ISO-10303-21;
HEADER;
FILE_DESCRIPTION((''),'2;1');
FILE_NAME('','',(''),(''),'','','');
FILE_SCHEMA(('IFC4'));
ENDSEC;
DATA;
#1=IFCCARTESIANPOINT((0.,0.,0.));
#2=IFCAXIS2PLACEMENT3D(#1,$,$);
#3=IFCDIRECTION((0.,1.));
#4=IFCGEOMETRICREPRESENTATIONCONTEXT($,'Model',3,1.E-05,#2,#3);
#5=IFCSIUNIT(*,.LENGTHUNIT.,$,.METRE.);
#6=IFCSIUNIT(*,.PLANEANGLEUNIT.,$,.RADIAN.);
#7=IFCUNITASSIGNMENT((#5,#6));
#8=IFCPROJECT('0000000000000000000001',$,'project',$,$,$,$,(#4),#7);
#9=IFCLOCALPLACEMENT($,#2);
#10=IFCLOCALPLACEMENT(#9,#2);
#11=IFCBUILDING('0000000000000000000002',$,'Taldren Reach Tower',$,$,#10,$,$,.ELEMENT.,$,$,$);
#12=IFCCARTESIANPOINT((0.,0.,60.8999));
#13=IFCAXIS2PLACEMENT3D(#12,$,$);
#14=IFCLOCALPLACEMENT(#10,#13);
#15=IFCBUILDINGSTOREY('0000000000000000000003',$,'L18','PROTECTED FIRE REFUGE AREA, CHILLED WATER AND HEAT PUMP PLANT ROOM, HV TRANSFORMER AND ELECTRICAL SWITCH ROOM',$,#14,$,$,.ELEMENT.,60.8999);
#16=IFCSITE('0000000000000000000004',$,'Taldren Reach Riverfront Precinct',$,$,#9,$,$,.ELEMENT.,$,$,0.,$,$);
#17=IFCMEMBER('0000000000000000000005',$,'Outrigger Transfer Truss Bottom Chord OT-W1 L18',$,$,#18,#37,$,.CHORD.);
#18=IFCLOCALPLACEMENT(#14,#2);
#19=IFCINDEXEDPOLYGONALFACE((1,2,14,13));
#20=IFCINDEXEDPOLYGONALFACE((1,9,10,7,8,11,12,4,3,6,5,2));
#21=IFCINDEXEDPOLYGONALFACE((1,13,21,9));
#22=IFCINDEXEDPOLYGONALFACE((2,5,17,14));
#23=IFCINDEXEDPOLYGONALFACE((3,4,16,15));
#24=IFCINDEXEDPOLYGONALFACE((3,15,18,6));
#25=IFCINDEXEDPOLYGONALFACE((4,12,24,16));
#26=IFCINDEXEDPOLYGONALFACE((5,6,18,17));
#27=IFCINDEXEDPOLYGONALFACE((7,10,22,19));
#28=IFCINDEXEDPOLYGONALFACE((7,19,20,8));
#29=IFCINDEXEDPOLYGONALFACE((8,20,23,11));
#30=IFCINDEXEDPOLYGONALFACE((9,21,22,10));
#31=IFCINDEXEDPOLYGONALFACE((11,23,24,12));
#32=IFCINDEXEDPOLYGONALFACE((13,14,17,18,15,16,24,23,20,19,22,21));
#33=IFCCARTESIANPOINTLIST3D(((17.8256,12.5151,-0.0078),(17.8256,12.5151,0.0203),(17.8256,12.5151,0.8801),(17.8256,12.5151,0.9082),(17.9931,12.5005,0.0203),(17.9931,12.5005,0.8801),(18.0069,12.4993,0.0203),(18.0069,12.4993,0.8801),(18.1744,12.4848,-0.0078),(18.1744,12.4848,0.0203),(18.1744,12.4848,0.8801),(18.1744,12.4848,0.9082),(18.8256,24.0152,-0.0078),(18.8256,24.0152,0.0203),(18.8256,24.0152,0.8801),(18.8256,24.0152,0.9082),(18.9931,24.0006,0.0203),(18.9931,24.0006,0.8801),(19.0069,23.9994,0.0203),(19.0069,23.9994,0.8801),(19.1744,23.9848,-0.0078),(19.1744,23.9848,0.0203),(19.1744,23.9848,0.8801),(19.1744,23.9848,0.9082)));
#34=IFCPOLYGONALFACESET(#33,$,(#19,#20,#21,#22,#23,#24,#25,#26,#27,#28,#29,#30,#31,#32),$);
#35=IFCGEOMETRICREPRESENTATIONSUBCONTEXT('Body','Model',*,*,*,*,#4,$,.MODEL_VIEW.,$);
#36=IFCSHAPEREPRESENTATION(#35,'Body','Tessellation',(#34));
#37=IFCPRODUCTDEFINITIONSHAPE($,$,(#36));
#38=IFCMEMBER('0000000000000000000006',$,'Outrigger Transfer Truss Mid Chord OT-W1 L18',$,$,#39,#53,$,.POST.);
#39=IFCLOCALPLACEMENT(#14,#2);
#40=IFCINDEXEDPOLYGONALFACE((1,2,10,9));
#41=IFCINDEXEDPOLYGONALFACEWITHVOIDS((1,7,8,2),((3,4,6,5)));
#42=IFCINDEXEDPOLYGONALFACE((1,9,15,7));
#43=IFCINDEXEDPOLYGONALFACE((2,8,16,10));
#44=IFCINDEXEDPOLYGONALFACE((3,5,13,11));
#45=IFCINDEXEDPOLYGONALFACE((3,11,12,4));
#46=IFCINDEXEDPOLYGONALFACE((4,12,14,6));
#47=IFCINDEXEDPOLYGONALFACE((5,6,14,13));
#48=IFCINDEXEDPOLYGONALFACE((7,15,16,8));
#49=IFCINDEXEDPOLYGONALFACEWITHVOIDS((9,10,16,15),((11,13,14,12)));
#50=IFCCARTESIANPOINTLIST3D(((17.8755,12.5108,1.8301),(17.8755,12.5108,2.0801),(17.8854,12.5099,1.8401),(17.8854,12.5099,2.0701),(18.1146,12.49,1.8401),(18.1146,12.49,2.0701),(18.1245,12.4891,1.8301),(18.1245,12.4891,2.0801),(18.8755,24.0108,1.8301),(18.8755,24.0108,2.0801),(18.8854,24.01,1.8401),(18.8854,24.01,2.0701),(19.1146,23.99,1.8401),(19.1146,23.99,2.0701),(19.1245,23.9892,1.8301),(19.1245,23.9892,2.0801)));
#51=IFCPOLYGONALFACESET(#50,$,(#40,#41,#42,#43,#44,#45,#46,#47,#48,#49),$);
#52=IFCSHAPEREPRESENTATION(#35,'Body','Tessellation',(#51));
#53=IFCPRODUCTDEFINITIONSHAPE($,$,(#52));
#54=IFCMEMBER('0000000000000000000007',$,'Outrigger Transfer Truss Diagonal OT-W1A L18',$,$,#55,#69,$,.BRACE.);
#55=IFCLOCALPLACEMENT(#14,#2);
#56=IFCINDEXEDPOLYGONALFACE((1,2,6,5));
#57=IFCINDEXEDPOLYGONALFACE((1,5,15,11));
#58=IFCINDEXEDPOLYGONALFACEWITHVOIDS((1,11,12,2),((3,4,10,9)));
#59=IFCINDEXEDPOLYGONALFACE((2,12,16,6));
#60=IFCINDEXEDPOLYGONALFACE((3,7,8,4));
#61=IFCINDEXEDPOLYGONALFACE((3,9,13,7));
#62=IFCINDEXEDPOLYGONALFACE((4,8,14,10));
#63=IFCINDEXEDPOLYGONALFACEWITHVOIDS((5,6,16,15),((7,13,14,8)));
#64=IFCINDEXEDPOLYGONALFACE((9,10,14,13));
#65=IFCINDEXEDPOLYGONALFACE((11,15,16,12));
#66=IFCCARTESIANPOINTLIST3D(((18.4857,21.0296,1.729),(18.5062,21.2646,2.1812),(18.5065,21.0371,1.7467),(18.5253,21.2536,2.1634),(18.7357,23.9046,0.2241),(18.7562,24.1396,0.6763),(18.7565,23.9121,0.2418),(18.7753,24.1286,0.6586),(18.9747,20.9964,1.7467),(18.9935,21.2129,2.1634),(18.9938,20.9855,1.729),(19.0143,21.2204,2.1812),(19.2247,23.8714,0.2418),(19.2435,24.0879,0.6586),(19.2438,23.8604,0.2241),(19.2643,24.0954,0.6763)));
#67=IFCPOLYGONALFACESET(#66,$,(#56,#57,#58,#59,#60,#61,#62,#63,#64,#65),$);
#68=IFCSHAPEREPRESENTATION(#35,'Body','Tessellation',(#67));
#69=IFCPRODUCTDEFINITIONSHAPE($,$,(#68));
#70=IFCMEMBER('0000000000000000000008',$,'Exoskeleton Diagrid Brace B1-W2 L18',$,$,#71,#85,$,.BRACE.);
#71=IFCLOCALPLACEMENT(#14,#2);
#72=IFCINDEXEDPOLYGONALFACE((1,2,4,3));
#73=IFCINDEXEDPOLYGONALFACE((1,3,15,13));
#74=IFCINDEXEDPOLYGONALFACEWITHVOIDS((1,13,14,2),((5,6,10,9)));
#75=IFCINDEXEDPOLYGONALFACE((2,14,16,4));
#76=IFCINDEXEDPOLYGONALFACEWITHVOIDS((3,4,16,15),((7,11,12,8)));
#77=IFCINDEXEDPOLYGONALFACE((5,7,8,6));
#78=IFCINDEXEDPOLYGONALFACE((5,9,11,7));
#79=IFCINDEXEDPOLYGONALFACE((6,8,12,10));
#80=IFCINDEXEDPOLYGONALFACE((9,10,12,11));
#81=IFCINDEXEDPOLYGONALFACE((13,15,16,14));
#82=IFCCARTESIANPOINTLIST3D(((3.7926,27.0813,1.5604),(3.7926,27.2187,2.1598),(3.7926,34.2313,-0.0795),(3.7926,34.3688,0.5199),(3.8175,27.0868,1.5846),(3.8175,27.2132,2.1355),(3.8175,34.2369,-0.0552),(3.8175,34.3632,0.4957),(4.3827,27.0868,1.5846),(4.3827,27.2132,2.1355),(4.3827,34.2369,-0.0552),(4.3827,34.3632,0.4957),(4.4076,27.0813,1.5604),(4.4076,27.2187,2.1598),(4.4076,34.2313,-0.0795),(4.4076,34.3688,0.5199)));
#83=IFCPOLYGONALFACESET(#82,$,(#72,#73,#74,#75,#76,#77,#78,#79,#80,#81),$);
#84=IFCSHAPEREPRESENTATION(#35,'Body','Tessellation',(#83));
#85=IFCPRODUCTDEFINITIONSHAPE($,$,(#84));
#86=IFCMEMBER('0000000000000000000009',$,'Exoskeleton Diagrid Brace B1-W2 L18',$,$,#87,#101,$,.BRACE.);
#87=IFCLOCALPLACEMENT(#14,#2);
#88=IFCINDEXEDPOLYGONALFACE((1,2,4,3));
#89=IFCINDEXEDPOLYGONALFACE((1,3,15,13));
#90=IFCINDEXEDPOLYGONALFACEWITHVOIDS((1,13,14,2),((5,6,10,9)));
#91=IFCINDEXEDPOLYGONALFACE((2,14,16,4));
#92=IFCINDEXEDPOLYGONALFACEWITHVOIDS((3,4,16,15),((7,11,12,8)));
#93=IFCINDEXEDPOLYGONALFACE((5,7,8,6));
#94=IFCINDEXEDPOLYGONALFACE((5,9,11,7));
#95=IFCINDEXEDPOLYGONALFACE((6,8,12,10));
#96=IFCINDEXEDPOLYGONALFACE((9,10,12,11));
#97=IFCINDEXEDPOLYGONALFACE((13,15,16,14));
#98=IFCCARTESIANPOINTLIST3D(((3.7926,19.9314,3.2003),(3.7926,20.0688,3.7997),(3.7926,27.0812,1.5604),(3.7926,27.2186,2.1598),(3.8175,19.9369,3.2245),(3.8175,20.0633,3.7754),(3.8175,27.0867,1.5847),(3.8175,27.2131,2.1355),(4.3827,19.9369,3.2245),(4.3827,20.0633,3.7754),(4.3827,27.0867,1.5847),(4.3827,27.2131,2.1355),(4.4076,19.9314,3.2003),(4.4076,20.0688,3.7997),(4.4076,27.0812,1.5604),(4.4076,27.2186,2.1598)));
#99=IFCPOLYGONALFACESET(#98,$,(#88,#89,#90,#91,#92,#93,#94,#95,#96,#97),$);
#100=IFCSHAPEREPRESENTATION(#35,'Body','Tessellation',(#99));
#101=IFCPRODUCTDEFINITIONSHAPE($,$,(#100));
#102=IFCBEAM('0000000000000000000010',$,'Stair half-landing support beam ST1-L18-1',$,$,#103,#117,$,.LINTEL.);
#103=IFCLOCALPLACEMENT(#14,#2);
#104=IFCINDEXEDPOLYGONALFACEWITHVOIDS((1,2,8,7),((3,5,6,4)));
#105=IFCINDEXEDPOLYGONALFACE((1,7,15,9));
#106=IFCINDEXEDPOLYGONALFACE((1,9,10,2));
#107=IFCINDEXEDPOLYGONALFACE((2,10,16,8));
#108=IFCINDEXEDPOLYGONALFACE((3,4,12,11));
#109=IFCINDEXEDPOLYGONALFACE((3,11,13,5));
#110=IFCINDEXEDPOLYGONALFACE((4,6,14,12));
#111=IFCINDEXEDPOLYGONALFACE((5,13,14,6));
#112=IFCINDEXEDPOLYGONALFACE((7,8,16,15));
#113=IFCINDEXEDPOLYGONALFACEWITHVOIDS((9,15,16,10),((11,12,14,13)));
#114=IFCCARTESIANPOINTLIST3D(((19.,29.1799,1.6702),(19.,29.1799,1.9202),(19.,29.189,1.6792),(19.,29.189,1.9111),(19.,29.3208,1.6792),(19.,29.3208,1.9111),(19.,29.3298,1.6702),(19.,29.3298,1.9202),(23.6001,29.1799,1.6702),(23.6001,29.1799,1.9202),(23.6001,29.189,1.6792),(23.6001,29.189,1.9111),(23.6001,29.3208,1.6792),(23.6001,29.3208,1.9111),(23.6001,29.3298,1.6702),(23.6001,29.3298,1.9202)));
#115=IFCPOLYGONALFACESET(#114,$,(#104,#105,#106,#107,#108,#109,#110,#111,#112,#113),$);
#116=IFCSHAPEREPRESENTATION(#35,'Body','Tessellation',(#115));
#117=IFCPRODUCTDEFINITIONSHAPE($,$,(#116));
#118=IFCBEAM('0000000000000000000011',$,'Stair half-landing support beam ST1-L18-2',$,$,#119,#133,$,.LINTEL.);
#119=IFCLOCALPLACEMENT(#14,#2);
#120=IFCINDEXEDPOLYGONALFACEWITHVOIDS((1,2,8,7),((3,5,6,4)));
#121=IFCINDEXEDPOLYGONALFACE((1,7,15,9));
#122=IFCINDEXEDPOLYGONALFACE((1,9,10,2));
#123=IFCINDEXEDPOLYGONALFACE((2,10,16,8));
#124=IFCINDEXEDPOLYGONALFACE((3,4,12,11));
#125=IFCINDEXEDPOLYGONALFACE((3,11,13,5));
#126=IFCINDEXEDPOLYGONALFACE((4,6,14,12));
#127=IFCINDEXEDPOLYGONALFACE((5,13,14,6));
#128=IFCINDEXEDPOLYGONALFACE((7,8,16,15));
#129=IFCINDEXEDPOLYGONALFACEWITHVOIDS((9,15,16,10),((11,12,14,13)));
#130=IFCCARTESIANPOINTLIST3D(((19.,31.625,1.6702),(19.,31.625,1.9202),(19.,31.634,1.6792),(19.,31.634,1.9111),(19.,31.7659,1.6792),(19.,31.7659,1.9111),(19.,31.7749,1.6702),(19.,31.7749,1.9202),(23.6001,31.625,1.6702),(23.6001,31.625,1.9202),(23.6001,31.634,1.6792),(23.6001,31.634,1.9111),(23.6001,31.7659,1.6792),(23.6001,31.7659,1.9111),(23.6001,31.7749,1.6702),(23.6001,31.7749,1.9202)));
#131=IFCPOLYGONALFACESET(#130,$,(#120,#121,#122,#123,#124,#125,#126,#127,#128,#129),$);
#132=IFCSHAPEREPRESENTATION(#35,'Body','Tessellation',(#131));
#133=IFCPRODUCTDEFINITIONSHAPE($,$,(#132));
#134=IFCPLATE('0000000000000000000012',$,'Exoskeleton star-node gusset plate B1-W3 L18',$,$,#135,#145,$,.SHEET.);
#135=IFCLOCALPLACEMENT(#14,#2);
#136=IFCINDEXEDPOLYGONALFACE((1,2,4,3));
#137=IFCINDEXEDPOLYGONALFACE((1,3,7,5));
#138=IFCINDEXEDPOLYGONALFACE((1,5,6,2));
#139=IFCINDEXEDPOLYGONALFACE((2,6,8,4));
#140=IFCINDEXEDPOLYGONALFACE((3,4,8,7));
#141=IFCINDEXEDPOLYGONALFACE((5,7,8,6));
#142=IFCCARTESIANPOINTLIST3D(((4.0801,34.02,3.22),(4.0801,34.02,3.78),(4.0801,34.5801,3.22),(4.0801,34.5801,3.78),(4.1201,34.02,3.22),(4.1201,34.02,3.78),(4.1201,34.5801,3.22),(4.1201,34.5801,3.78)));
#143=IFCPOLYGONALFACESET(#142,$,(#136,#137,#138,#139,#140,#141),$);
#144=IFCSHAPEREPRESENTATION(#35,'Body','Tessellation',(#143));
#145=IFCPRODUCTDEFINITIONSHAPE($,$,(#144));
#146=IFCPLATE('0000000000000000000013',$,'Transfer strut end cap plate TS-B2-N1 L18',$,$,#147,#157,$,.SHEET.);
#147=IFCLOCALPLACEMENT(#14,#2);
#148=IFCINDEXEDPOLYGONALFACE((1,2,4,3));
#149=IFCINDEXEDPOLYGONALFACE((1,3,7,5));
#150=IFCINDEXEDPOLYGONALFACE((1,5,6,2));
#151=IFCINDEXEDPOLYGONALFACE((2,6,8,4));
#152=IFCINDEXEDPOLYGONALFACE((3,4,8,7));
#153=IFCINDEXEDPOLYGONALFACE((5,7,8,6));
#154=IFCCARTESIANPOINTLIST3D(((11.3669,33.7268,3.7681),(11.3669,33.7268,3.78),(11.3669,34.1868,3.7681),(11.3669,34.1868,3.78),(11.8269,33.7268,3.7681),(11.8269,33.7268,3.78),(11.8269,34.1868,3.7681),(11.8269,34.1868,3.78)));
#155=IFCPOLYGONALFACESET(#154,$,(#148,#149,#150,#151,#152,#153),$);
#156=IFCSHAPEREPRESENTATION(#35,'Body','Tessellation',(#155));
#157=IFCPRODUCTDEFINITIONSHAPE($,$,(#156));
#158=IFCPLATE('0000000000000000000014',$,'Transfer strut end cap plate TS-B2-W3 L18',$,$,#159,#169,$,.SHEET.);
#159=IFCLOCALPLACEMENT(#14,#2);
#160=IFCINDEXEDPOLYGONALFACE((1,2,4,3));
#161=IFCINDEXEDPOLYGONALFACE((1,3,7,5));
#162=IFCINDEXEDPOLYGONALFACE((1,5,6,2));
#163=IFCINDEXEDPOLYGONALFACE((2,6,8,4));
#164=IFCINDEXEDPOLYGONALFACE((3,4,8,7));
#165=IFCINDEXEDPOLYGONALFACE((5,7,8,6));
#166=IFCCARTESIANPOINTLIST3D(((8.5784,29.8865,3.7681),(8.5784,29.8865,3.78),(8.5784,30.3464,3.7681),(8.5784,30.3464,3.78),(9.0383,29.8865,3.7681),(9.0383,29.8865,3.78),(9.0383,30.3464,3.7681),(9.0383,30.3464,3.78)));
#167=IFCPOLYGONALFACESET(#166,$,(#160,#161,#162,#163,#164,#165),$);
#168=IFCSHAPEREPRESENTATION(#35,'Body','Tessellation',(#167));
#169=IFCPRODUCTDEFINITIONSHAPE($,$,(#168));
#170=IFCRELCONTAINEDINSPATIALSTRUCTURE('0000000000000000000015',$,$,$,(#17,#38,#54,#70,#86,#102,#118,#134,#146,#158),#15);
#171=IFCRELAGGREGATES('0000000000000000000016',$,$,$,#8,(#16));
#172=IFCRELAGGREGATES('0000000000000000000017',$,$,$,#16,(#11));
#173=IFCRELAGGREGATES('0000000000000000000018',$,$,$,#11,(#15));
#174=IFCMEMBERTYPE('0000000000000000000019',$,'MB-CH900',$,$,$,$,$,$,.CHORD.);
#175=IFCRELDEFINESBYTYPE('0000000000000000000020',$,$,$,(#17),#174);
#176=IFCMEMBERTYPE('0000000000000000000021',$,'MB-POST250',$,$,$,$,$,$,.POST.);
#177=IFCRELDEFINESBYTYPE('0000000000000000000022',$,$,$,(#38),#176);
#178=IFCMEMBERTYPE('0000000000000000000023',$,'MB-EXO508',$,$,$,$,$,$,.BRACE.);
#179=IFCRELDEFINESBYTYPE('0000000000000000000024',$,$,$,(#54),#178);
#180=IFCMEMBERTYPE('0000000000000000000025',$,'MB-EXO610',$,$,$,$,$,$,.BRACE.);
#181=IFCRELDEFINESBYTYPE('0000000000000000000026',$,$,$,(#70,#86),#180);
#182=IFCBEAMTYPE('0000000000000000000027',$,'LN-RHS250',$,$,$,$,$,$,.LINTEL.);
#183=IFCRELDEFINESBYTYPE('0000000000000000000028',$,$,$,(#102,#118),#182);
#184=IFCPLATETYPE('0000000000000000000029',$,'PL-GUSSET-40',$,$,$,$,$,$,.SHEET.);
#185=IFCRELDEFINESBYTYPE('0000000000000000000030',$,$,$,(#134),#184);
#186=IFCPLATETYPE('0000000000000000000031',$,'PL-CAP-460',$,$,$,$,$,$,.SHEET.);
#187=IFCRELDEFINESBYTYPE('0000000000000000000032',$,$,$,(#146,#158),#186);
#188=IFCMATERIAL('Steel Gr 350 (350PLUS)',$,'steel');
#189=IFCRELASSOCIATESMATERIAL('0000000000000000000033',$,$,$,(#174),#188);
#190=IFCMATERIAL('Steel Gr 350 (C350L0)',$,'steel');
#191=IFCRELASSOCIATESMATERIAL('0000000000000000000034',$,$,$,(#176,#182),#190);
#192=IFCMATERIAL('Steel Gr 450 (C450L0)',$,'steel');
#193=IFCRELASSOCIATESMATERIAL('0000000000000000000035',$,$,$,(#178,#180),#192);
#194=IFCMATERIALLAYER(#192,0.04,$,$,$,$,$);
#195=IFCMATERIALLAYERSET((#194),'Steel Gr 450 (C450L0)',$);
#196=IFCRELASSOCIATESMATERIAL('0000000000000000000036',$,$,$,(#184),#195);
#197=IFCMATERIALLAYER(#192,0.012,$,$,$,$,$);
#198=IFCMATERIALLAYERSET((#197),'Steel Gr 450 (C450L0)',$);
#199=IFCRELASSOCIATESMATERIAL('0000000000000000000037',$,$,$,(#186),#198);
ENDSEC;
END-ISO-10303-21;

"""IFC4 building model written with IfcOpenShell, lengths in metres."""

from ifc_helpers import new_model, si_unit, direction, frame, origin, origin_2d, place, context, subcontext, project, spatial, rectangle, hollow_rectangle, i_section, extrude, source, transform, mapped, material, layer, layer_set, material_profile, profile_set, type_object, element, save


model = new_model("IFC4")

# Units and contexts
model_context = context("Model", 3, precision=1e-05, world=origin(), true_north=direction((0.0, 1.0)))
body_context = subcontext(model_context, "Body", "Model", "MODEL_VIEW")
ifc_project = project(units=[si_unit("LENGTHUNIT", "METRE"), si_unit("PLANEANGLEUNIT", "RADIAN")], contexts=[model_context])

# Site, building, storey
site_placement = place(None, origin())
site = spatial("IfcSite", under=ifc_project, at=site_placement, Name="Taldren Reach Riverfront Precinct", CompositionType="ELEMENT", RefElevation=0.0)
building_placement = place(site_placement, origin())
building = spatial("IfcBuilding", under=site, at=building_placement, Name="Taldren Reach Tower", CompositionType="ELEMENT")
storey_placement = place(building_placement, frame((0.0, 0.0, 60.8999)))
storey = spatial("IfcBuildingStorey", under=building, at=storey_placement, Name="L18", Description="PROTECTED FIRE REFUGE AREA, CHILLED WATER AND HEAT PUMP PLANT ROOM, HV TRANSFORMER AND ELECTRICAL SWITCH ROOM", CompositionType="ELEMENT", Elevation=60.8999)

# Shared definitions
ifc_material_1 = material(Name="Steel Gr 350 (350PLUS)", Category="steel")

# Members
ifc_material_profile_1 = material_profile(ifc_material_1, i_section(OverallWidth=0.3501, OverallDepth=0.916, WebThickness=0.0139, FlangeThickness=0.0281, at=origin_2d()), Name="900WB257")
ifc_profile_set_1 = profile_set([ifc_material_profile_1], Name="Steel Gr 350 (350PLUS)")
member_type_1 = type_object("IfcMemberType", Name="MB-CH900", PredefinedType="CHORD", material=ifc_profile_set_1)
shared_shape_1 = source(origin(), body_context, "Body", "SweptSolid", [
    extrude(i_section(OverallWidth=0.3501, OverallDepth=0.916, WebThickness=0.0139, FlangeThickness=0.0281, at=origin_2d()), origin(), (0.0, 0.0, 1.0), 11.5435),
])
member_1_placement = place(storey_placement, frame((19.0, 24.0, 0.4502), z_axis=(-0.08663, -0.996241, 0.0), x_axis=(0.996241, -0.08663, 0.0)))
element("IfcMember", 1, at=member_1_placement, inside=storey, type_object=member_type_1, Name="Outrigger Transfer Truss Bottom Chord OT-W1 L18", PredefinedType="CHORD", context=body_context, shape_type="MappedRepresentation", body=[
    mapped(shared_shape_1, transform((0.0, 0.0, 0.0), scale=1.0)),
])
ifc_material_2 = material(Name="Steel Gr 350 (C350L0)", Category="steel")
ifc_material_profile_2 = material_profile(ifc_material_2, hollow_rectangle(XDim=0.25, YDim=0.25, WallThickness=0.01, at=origin_2d()), Name="250x250x10.0SHS")
ifc_profile_set_2 = profile_set([ifc_material_profile_2], Name="Steel Gr 350 (C350L0)")
member_type_2 = type_object("IfcMemberType", Name="MB-POST250", PredefinedType="POST", material=ifc_profile_set_2)
shared_shape_2 = source(origin(), body_context, "Body", "SweptSolid", [
    extrude(hollow_rectangle(XDim=0.25, YDim=0.25, WallThickness=0.01, at=origin_2d()), origin(), (0.0, 0.0, 1.0), 11.5435),
])
member_2_placement = place(storey_placement, frame((19.0, 24.0, 1.9551), z_axis=(-0.08663, -0.996241, 0.0), x_axis=(0.996241, -0.08663, 0.0)))
element("IfcMember", 2, at=member_2_placement, inside=storey, type_object=member_type_2, Name="Outrigger Transfer Truss Mid Chord OT-W1 L18", PredefinedType="POST", context=body_context, shape_type="MappedRepresentation", body=[
    mapped(shared_shape_2, transform((0.0, 0.0, 0.0), scale=1.0)),
])
ifc_material_3 = material(Name="Steel Gr 450 (C450L0)", Category="steel")
ifc_material_profile_3 = material_profile(ifc_material_3, hollow_rectangle(XDim=0.51, YDim=0.51, WallThickness=0.02, at=origin_2d()), Name="510x510x20.0SHS")
ifc_profile_set_3 = profile_set([ifc_material_profile_3], Name="Steel Gr 450 (C450L0)")
member_type_3 = type_object("IfcMemberType", Name="MB-EXO508", PredefinedType="BRACE", material=ifc_profile_set_3)
shared_shape_3 = source(origin(), body_context, "Body", "SweptSolid", [
    extrude(hollow_rectangle(XDim=0.51, YDim=0.51, WallThickness=0.02, at=origin_2d()), origin(), (0.0, 0.0, 1.0), 3.2546),
])
member_3_placement = place(storey_placement, frame((19.0, 24.0, 0.4502), z_axis=(-0.076813, -0.883349, 0.462378), x_axis=(0.996241, -0.08663, 0.0)))
element("IfcMember", 3, at=member_3_placement, inside=storey, type_object=member_type_3, Name="Outrigger Transfer Truss Diagonal OT-W1A L18", PredefinedType="BRACE", context=body_context, shape_type="MappedRepresentation", body=[
    mapped(shared_shape_3, transform((0.0, 0.0, 0.0), scale=1.0)),
])
ifc_material_profile_4 = material_profile(ifc_material_3, hollow_rectangle(XDim=0.615, YDim=0.615, WallThickness=0.0249, at=origin_2d()), Name="615x615x25.0SHS")
ifc_profile_set_4 = profile_set([ifc_material_profile_4], Name="Steel Gr 450 (C450L0)")
member_type_4 = type_object("IfcMemberType", Name="MB-EXO610", PredefinedType="BRACE", material=ifc_profile_set_4)
shared_shape_4 = source(origin(), body_context, "Body", "SweptSolid", [
    extrude(hollow_rectangle(XDim=0.615, YDim=0.615, WallThickness=0.0249, at=origin_2d()), origin(), (0.0, 0.0, 1.0), 7.3357),
])
member_4_placement = place(storey_placement, frame((4.1001, 34.3, 0.2202), z_axis=(0.0, -0.974693, 0.223547), x_axis=(1.0, 0.0, 0.0)))
element("IfcMember", 4, at=member_4_placement, inside=storey, type_object=member_type_4, Name="Exoskeleton Diagrid Brace B1-W2 L18", PredefinedType="BRACE", context=body_context, shape_type="MappedRepresentation", body=[
    mapped(shared_shape_4, transform((0.0, 0.0, 0.0), scale=1.0)),
])
shared_shape_5 = source(origin(), body_context, "Body", "SweptSolid", [
    extrude(hollow_rectangle(XDim=0.615, YDim=0.615, WallThickness=0.0249, at=origin_2d()), origin(), (0.0, 0.0, 1.0), 7.3354),
])
member_5_placement = place(storey_placement, frame((4.1001, 27.1499, 1.8601), z_axis=(0.0, -0.974692, 0.223554), x_axis=(1.0, 0.0, 0.0)))
element("IfcMember", 5, at=member_5_placement, inside=storey, type_object=member_type_4, Name="Exoskeleton Diagrid Brace B1-W2 L18", PredefinedType="BRACE", context=body_context, shape_type="MappedRepresentation", body=[
    mapped(shared_shape_5, transform((0.0, 0.0, 0.0), scale=1.0)),
])

# Beams
ifc_material_profile_5 = material_profile(ifc_material_2, hollow_rectangle(XDim=0.1499, YDim=0.25, WallThickness=0.009, at=origin_2d()), Name="250x150x9.0RHS")
ifc_profile_set_5 = profile_set([ifc_material_profile_5], Name="Steel Gr 350 (C350L0)")
beam_type_1 = type_object("IfcBeamType", Name="LN-RHS250", PredefinedType="LINTEL", material=ifc_profile_set_5)
shared_shape_6 = source(origin(), body_context, "Body", "SweptSolid", [
    extrude(hollow_rectangle(XDim=0.1499, YDim=0.25, WallThickness=0.009, at=origin_2d()), origin(), (0.0, 0.0, 1.0), 4.6001),
])
for number, where, z_axis, x_axis, name in (
    (6, (19.0, 29.2549, 1.7952), (1.0, 0.0, 0.0), (0.0, 1.0, 0.0), "Stair half-landing support beam ST1-L18-1"),
    (7, (19.0, 31.7, 1.7952), (1.0, 0.0, 0.0), (0.0, 1.0, 0.0), "Stair half-landing support beam ST1-L18-2"),
):
    element("IfcBeam", number, at=place(storey_placement, frame(where, z_axis=z_axis, x_axis=x_axis)), inside=storey, type_object=beam_type_1, Name=name, PredefinedType="LINTEL", context=body_context, shape_type="MappedRepresentation", body=[
        mapped(shared_shape_6, transform((0.0, 0.0, 0.0), scale=1.0)),
    ])

# Plates
ifc_layer_1 = layer(ifc_material_3, 0.04)
ifc_layer_set_1 = layer_set([ifc_layer_1], Name="Steel Gr 450 (C450L0)")
plate_type_1 = type_object("IfcPlateType", Name="PL-GUSSET-40", PredefinedType="SHEET", material=ifc_layer_set_1)
shared_shape_7 = source(origin(), body_context, "Body", "SweptSolid", [
    extrude(rectangle(XDim=0.5601, YDim=0.04, at=origin_2d()), origin(), (0.0, 0.0, 1.0), 0.5601),
])
plate_placement = place(storey_placement, frame((4.1001, 34.3, 3.22), z_axis=(0.0, 0.0, 1.0), x_axis=(0.0, 1.0, 0.0)))
element("IfcPlate", 8, at=plate_placement, inside=storey, type_object=plate_type_1, Name="Exoskeleton star-node gusset plate B1-W3 L18", PredefinedType="SHEET", context=body_context, shape_type="MappedRepresentation", body=[
    mapped(shared_shape_7, transform((0.0, 0.0, 0.0), scale=1.0)),
])
ifc_layer_2 = layer(ifc_material_3, 0.012)
ifc_layer_set_2 = layer_set([ifc_layer_2], Name="Steel Gr 450 (C450L0)")
plate_type_2 = type_object("IfcPlateType", Name="PL-CAP-460", PredefinedType="SHEET", material=ifc_layer_set_2)
shared_shape_8 = source(origin(), body_context, "Body", "SweptSolid", [
    extrude(rectangle(XDim=0.46, YDim=0.46, at=origin_2d()), origin(), (0.0, 0.0, 1.0), 0.012),
])
for number, where, z_axis, x_axis, name in (
    (9, (11.5969, 33.9568, 3.7681), (0.0, 0.0, 1.0), (1.0, 0.0, 0.0), "Transfer strut end cap plate TS-B2-N1 L18"),
    (10, (8.8083, 30.1165, 3.7681), (0.0, 0.0, 1.0), (1.0, 0.0, 0.0), "Transfer strut end cap plate TS-B2-W3 L18"),
):
    element("IfcPlate", number, at=place(storey_placement, frame(where, z_axis=z_axis, x_axis=x_axis)), inside=storey, type_object=plate_type_2, Name=name, PredefinedType="SHEET", context=body_context, shape_type="MappedRepresentation", body=[
        mapped(shared_shape_8, transform((0.0, 0.0, 0.0), scale=1.0)),
    ])

save(model, "model.ifc")
